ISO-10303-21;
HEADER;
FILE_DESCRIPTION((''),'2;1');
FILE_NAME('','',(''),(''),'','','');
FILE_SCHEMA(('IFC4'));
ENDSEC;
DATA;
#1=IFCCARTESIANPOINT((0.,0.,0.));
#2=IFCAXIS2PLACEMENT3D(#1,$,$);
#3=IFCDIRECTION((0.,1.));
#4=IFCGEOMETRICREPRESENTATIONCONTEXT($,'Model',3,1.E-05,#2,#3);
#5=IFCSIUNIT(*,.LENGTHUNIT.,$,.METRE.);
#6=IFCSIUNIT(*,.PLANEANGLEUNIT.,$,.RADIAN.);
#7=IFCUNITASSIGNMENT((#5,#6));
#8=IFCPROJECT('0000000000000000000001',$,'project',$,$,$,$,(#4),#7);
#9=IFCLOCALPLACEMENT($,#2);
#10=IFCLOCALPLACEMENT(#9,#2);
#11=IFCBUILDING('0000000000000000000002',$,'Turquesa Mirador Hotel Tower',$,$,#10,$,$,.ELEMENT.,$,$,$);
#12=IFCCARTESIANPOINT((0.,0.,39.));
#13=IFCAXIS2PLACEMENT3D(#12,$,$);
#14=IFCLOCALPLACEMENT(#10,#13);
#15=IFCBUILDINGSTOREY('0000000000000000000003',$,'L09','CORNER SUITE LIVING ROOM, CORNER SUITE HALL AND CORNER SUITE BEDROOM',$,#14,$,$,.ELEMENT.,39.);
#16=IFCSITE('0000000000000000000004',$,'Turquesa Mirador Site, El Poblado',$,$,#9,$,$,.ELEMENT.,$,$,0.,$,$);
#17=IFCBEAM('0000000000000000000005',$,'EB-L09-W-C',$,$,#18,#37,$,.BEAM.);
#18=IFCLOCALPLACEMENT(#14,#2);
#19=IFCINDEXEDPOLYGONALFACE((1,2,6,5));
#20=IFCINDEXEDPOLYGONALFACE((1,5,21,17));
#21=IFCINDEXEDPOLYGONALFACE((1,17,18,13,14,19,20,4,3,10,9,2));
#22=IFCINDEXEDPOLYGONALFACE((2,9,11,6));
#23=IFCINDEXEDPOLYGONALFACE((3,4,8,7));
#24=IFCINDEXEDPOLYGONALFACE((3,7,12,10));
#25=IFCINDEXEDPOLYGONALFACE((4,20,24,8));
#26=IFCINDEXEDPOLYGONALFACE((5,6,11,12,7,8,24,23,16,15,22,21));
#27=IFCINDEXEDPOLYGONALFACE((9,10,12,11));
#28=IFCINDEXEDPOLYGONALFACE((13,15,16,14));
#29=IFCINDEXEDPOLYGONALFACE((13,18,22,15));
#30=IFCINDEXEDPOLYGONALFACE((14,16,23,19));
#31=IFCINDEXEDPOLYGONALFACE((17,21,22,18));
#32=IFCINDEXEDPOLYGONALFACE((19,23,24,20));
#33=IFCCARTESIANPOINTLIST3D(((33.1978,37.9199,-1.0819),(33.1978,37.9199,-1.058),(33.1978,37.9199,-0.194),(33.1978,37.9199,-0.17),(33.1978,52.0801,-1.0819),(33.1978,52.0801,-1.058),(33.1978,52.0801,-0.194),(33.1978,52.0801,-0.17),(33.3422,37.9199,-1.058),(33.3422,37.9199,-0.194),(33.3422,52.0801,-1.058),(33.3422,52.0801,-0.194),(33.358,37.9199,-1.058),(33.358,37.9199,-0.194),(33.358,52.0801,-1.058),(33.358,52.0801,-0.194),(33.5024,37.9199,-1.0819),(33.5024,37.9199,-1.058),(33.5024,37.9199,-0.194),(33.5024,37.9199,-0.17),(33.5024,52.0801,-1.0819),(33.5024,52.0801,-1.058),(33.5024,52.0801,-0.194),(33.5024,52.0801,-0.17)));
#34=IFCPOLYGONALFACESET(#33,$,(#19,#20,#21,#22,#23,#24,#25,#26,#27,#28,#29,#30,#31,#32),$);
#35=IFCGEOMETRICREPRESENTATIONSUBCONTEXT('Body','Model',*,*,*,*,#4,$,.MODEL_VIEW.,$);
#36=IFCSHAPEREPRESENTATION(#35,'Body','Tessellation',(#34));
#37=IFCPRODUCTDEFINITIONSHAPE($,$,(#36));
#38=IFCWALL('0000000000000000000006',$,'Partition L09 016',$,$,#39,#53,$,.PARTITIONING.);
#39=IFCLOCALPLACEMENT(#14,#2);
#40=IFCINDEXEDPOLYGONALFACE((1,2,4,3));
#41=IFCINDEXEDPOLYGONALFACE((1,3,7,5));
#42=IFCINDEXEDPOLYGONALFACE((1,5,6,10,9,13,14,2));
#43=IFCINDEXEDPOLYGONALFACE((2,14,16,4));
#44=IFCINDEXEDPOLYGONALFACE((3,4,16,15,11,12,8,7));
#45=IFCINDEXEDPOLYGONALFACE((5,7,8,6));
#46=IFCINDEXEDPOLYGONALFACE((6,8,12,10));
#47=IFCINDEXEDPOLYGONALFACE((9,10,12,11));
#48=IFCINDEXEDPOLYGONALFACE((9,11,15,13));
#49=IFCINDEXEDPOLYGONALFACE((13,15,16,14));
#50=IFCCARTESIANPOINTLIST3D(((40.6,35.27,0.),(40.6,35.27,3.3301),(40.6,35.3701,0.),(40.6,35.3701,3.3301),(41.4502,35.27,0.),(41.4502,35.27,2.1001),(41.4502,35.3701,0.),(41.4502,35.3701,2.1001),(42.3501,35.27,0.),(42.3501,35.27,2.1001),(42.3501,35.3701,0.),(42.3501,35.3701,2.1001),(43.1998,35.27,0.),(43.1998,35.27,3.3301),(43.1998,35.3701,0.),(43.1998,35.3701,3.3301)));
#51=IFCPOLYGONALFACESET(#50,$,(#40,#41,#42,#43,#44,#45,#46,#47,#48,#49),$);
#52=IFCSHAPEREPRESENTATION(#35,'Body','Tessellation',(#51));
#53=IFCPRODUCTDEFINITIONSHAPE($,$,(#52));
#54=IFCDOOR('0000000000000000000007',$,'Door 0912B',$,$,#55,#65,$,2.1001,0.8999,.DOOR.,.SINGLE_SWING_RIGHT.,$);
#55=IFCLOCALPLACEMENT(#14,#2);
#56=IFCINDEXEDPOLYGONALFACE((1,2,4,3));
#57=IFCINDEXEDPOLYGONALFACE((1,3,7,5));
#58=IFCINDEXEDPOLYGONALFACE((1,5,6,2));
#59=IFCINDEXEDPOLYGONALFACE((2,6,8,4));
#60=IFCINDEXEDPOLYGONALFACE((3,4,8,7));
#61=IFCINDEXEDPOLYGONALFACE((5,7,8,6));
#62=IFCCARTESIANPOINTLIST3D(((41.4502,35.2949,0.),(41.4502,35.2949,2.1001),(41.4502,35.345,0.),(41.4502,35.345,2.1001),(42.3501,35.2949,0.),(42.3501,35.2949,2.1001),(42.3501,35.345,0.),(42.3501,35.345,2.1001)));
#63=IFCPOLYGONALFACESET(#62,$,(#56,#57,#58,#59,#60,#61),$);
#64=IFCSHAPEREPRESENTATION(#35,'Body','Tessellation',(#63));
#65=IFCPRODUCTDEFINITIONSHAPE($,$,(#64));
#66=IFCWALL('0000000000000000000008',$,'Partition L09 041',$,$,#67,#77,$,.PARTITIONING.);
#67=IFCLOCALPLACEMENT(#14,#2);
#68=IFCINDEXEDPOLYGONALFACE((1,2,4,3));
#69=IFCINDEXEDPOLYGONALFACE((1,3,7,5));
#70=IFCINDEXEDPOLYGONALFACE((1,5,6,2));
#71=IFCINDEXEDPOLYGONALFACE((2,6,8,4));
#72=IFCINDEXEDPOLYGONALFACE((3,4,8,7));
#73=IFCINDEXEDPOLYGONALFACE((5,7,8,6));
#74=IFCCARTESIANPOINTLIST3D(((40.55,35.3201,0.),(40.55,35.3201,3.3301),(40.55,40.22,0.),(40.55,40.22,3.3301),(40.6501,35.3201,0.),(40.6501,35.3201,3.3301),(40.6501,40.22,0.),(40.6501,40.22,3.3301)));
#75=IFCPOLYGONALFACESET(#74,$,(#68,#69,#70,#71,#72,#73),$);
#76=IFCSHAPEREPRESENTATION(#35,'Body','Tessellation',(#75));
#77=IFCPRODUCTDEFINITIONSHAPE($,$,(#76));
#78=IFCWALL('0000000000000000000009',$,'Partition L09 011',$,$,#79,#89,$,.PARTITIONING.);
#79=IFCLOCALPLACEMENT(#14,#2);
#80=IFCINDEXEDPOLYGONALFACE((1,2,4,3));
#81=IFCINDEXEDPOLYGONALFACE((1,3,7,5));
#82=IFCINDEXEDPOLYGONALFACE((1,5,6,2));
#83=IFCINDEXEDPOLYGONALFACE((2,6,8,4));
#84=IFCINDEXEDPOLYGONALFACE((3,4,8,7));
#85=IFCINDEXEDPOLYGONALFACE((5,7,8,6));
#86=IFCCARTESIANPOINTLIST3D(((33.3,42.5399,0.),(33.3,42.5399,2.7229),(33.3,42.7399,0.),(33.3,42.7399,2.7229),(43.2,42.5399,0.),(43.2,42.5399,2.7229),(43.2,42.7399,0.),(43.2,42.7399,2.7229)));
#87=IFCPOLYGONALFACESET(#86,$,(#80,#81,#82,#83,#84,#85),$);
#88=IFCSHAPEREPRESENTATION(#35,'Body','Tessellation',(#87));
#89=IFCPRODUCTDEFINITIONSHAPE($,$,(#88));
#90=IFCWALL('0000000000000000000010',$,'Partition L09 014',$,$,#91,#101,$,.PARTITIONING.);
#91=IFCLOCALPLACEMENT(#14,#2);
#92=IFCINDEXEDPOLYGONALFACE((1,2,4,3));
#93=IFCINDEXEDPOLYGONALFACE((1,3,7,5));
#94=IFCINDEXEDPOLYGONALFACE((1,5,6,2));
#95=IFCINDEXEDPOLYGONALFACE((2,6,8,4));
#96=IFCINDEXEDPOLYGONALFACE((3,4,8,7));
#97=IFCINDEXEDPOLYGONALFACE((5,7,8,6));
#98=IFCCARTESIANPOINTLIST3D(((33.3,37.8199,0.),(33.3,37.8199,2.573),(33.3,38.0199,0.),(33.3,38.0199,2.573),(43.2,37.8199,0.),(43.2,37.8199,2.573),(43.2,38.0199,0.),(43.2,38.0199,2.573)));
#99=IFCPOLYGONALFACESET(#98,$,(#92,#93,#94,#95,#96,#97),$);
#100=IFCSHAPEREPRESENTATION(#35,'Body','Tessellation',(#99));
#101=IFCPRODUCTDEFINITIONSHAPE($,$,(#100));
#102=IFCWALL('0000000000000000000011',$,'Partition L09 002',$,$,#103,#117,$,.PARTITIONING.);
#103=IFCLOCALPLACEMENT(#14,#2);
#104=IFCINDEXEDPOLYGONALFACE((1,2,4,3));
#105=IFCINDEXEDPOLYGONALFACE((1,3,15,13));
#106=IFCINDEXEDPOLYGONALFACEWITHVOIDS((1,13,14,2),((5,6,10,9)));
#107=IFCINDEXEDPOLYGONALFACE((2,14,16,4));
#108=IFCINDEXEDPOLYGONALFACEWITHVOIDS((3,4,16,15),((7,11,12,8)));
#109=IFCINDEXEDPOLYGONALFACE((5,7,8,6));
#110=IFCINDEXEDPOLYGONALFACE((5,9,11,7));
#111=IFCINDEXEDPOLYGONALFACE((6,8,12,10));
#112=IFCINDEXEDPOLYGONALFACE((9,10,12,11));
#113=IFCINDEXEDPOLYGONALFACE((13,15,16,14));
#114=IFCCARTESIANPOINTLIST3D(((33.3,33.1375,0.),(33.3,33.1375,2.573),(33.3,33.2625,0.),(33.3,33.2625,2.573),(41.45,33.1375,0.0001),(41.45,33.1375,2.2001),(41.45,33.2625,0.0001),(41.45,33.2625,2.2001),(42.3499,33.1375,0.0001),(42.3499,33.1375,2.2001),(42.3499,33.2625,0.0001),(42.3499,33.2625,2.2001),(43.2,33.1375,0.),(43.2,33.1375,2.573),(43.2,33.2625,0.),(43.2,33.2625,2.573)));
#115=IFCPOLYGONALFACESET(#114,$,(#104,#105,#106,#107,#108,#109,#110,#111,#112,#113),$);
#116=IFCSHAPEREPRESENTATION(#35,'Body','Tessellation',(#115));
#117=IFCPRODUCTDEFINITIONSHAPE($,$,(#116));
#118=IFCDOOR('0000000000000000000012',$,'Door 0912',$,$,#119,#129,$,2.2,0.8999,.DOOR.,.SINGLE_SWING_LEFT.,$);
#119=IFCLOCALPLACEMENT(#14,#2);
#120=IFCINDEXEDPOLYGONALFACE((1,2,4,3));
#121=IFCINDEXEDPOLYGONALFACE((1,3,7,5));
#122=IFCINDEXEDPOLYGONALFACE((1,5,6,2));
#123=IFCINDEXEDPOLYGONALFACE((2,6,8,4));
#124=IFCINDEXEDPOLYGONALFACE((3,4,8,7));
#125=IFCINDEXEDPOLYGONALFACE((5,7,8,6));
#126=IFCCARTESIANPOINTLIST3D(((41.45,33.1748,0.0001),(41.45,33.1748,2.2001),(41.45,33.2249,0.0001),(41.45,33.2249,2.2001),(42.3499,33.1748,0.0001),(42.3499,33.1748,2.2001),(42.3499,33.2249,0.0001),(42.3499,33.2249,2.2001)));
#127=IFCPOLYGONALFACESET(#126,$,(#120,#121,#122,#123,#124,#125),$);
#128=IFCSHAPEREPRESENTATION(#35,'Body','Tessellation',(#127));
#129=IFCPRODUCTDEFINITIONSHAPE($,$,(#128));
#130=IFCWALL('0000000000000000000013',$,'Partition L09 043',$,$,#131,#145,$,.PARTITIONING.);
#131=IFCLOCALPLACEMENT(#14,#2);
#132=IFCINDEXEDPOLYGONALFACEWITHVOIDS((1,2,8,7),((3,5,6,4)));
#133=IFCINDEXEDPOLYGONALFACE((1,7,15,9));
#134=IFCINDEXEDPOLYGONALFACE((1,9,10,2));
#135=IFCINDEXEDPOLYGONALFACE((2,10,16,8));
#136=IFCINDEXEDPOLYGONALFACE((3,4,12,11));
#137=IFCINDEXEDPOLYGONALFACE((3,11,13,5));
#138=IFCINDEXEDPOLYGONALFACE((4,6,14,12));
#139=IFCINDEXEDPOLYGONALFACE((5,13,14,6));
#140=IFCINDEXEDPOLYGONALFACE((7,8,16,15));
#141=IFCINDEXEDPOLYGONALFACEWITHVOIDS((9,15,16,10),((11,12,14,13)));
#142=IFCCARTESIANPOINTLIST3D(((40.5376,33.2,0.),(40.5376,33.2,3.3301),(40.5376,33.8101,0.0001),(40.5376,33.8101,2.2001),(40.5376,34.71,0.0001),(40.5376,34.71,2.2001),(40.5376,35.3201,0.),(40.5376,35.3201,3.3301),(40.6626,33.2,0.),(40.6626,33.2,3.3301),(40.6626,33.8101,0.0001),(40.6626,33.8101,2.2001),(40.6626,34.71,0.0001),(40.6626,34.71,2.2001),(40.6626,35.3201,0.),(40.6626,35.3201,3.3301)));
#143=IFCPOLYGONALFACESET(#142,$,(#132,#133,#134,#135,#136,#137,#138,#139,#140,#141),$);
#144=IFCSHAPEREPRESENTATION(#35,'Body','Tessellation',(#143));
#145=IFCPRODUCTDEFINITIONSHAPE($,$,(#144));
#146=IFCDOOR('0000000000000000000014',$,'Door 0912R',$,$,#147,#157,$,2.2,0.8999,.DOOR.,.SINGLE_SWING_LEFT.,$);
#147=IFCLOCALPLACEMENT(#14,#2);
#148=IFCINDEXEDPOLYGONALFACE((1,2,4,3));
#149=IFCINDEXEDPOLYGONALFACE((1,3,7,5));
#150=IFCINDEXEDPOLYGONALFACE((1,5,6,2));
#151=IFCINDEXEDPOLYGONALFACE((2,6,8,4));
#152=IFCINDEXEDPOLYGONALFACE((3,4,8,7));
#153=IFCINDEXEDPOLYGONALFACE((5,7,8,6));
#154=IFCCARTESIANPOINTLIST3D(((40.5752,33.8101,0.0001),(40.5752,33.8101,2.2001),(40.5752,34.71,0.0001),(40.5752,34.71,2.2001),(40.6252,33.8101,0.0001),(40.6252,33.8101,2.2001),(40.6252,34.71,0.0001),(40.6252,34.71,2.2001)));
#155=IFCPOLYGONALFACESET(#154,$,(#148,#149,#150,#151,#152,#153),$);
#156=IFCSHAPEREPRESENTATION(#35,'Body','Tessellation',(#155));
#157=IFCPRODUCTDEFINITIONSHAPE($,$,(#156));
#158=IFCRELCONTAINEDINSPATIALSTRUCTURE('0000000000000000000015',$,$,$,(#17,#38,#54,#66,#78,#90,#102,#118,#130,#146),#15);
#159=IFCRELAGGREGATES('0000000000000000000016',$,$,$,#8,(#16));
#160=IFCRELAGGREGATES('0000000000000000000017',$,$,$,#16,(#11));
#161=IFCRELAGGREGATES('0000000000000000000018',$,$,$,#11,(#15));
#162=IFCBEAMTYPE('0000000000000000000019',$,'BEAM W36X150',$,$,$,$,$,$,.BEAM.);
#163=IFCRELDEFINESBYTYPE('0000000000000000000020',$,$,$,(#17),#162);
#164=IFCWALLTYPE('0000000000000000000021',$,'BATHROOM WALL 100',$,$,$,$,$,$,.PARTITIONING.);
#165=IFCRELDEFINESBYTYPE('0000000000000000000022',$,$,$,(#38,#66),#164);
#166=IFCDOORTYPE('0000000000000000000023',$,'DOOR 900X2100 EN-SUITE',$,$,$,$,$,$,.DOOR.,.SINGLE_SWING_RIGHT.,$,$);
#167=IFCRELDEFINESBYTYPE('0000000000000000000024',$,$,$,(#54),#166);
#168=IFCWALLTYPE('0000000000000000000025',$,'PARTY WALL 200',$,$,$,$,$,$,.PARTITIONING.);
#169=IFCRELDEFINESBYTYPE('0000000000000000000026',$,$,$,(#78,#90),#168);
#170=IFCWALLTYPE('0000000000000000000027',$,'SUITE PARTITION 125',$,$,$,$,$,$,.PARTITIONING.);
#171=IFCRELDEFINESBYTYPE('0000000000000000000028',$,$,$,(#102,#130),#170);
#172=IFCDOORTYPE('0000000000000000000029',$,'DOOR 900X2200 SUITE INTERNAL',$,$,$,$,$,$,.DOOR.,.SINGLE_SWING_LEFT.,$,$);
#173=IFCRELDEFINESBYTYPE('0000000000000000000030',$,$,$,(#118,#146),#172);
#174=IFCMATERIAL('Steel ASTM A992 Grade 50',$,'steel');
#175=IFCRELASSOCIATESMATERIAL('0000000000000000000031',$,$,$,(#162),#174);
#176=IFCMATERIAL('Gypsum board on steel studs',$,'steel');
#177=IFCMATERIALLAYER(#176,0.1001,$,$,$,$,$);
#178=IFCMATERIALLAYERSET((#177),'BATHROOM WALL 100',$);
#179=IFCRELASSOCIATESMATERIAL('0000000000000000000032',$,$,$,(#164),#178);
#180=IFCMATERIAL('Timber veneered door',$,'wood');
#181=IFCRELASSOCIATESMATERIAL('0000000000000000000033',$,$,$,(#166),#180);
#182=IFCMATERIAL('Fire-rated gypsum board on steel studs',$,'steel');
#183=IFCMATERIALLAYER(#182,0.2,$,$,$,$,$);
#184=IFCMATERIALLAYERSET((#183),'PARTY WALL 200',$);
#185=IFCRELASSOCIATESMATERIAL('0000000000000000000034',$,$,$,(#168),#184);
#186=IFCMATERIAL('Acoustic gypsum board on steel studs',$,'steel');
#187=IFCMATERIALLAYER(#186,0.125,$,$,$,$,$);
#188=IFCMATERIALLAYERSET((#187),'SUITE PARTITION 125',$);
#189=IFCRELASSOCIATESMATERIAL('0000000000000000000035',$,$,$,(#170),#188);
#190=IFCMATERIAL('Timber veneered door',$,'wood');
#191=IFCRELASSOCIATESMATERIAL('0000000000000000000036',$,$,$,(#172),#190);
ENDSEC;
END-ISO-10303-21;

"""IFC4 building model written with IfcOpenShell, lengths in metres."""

from ifc_helpers import new_model, si_unit, direction, frame, frame_2d, origin, origin_2d, place, context, subcontext, project, spatial, rectangle, i_section, extrude, material, layer, layer_set, material_profile, profile_set, type_object, element, fill, save


model = new_model("IFC4")

# Units and contexts
model_context = context("Model", 3, precision=1e-05, world=origin(), true_north=direction((0.0, 1.0)))
body_context = subcontext(model_context, "Body", "Model", "MODEL_VIEW")
ifc_project = project(units=[si_unit("LENGTHUNIT", "METRE"), si_unit("PLANEANGLEUNIT", "RADIAN")], contexts=[model_context])

# Site, building, storey
site_placement = place(None, origin())
site = spatial("IfcSite", under=ifc_project, at=site_placement, Name="Turquesa Mirador Site, El Poblado", CompositionType="ELEMENT", RefElevation=0.0)
building_placement = place(site_placement, origin())
building = spatial("IfcBuilding", under=site, at=building_placement, Name="Turquesa Mirador Hotel Tower", CompositionType="ELEMENT")
storey_placement = place(building_placement, frame((0.0, 0.0, 39.0)))
storey = spatial("IfcBuildingStorey", under=building, at=storey_placement, Name="L09", Description="CORNER SUITE LIVING ROOM, CORNER SUITE HALL AND CORNER SUITE BEDROOM", CompositionType="ELEMENT", Elevation=39.0)

# Beam
ifc_material_1 = material(Name="Steel ASTM A992 Grade 50", Category="steel")
ifc_material_profile_1 = material_profile(ifc_material_1, i_section(OverallWidth=0.3047, OverallDepth=0.9119, WebThickness=0.0159, FlangeThickness=0.0239, at=origin_2d()), Name="W36X150")
ifc_profile_set_1 = profile_set([ifc_material_profile_1], Name="Steel ASTM A992 Grade 50")
beam_type_1 = type_object("IfcBeamType", Name="BEAM W36X150", PredefinedType="BEAM", material=ifc_profile_set_1)
beam_1_placement = place(storey_placement, frame((33.3501, 37.9199, -0.626), z_axis=(0.0, 1.0, 0.0), x_axis=(-1.0, 0.0, 0.0)))
element("IfcBeam", 1, at=beam_1_placement, inside=storey, type_object=beam_type_1, Name="EB-L09-W-C", PredefinedType="BEAM", context=body_context, shape_type="SweptSolid", body=[
    extrude(i_section(OverallWidth=0.3047, OverallDepth=0.9119, WebThickness=0.0159, FlangeThickness=0.0239, at=origin_2d()), origin(), (0.0, 0.0, 1.0), 14.1602),
])

# Wall, opening, door
ifc_material_2 = material(Name="Gypsum board on steel studs", Category="steel")
ifc_layer_1 = layer(ifc_material_2, 0.1001)
ifc_layer_set_1 = layer_set([ifc_layer_1], Name="BATHROOM WALL 100")
wall_type_1 = type_object("IfcWallType", Name="BATHROOM WALL 100", PredefinedType="PARTITIONING", material=ifc_layer_set_1)
wall_1_placement = place(storey_placement, frame((40.6001, 35.3201, 0.0), z_axis=(0.0, 0.0, 1.0), x_axis=(1.0, 0.0, 0.0)))
wall_1 = element("IfcWall", 2, at=wall_1_placement, inside=storey, type_object=wall_type_1, Name="Partition L09 016", PredefinedType="PARTITIONING", context=body_context, shape_type="SweptSolid", body=[
    extrude(rectangle(XDim=2.5999, YDim=0.1001, at=frame_2d((1.2998, 0.0))), origin(), (0.0, 0.0, 1.0), 3.3301),
])
opening_1_placement = place(wall_1_placement, frame((0.8501, 0.0, 0.0)))
opening_1 = element("IfcOpeningElement", 3, at=opening_1_placement, cuts=wall_1, PredefinedType="OPENING", context=body_context, shape_type="SweptSolid", body=[
    extrude(rectangle(XDim=0.8999, YDim=2.1001, at=frame_2d((0.45, 1.05))), frame((0.0, 0.0601, 0.0), z_axis=(0.0, -1.0, 0.0), x_axis=(1.0, 0.0, 0.0)), (0.0, 0.0, 1.0), 0.1201),
])
ifc_material_3 = material(Name="Timber veneered door", Category="wood")
door_type_1 = type_object("IfcDoorType", Name="DOOR 900X2100 EN-SUITE", OperationType="SINGLE_SWING_RIGHT", PredefinedType="DOOR", material=ifc_material_3)
door_1_placement = place(opening_1_placement, origin())
door_1 = element("IfcDoor", 4, at=door_1_placement, inside=storey, type_object=door_type_1, Name="Door 0912B", OperationType="SINGLE_SWING_RIGHT", OverallHeight=2.1001, OverallWidth=0.8999, PredefinedType="DOOR", context=body_context, shape_type="SweptSolid", body=[
    extrude(rectangle(XDim=0.8999, YDim=2.1001, at=frame_2d((0.45, 1.05))), frame((0.0, 0.0249, 0.0), z_axis=(0.0, -1.0, 0.0), x_axis=(1.0, 0.0, 0.0)), (0.0, 0.0, 1.0), 0.05),
])
fill(opening_1, door_1)

# Walls
wall_2_placement = place(storey_placement, frame((40.6001, 35.3201, 0.0), z_axis=(0.0, 0.0, 1.0), x_axis=(0.0, 1.0, 0.0)))
element("IfcWall", 5, at=wall_2_placement, inside=storey, type_object=wall_type_1, Name="Partition L09 041", PredefinedType="PARTITIONING", context=body_context, shape_type="SweptSolid", body=[
    extrude(rectangle(XDim=4.8999, YDim=0.1001, at=frame_2d((2.45, 0.0))), origin(), (0.0, 0.0, 1.0), 3.3301),
])
ifc_material_4 = material(Name="Fire-rated gypsum board on steel studs", Category="steel")
ifc_layer_2 = layer(ifc_material_4, 0.2)
ifc_layer_set_2 = layer_set([ifc_layer_2], Name="PARTY WALL 200")
wall_type_2 = type_object("IfcWallType", Name="PARTY WALL 200", PredefinedType="PARTITIONING", material=ifc_layer_set_2)
wall_3_placement = place(storey_placement, frame((33.3, 42.6399, 0.0), z_axis=(0.0, 0.0, 1.0), x_axis=(1.0, 0.0, 0.0)))
element("IfcWall", 6, at=wall_3_placement, inside=storey, type_object=wall_type_2, Name="Partition L09 011", PredefinedType="PARTITIONING", context=body_context, shape_type="SweptSolid", body=[
    extrude(rectangle(XDim=9.8999, YDim=0.2, at=frame_2d((4.95, 0.0))), origin(), (0.0, 0.0, 1.0), 2.7229),
])
wall_4_placement = place(storey_placement, frame((33.3, 37.9199, 0.0), z_axis=(0.0, 0.0, 1.0), x_axis=(1.0, 0.0, 0.0)))
element("IfcWall", 7, at=wall_4_placement, inside=storey, type_object=wall_type_2, Name="Partition L09 014", PredefinedType="PARTITIONING", context=body_context, shape_type="SweptSolid", body=[
    extrude(rectangle(XDim=9.8999, YDim=0.2, at=frame_2d((4.95, 0.0))), origin(), (0.0, 0.0, 1.0), 2.573),
])

# Walls, openings, doors
ifc_material_5 = material(Name="Acoustic gypsum board on steel studs", Category="steel")
ifc_layer_3 = layer(ifc_material_5, 0.125)
ifc_layer_set_3 = layer_set([ifc_layer_3], Name="SUITE PARTITION 125")
wall_type_3 = type_object("IfcWallType", Name="SUITE PARTITION 125", PredefinedType="PARTITIONING", material=ifc_layer_set_3)
wall_5_placement = place(storey_placement, frame((33.3, 33.2, 0.0), z_axis=(0.0, 0.0, 1.0), x_axis=(1.0, 0.0, 0.0)))
wall_5 = element("IfcWall", 8, at=wall_5_placement, inside=storey, type_object=wall_type_3, Name="Partition L09 002", PredefinedType="PARTITIONING", context=body_context, shape_type="SweptSolid", body=[
    extrude(rectangle(XDim=9.8999, YDim=0.125, at=frame_2d((4.95, 0.0))), origin(), (0.0, 0.0, 1.0), 2.573),
])
opening_2_placement = place(wall_5_placement, frame((8.1499, 0.0, 0.0)))
opening_2 = element("IfcOpeningElement", 9, at=opening_2_placement, cuts=wall_5, PredefinedType="OPENING", context=body_context, shape_type="SweptSolid", body=[
    extrude(rectangle(XDim=0.8999, YDim=2.2, at=frame_2d((0.45, 1.1001))), frame((0.0, 0.0725, 0.0), z_axis=(0.0, -1.0, 0.0), x_axis=(1.0, 0.0, 0.0)), (0.0, 0.0, 1.0), 0.145),
])
ifc_material_6 = material(Name="Timber veneered door", Category="wood")
door_type_2 = type_object("IfcDoorType", Name="DOOR 900X2200 SUITE INTERNAL", OperationType="SINGLE_SWING_LEFT", PredefinedType="DOOR", material=ifc_material_6)
door_2_placement = place(opening_2_placement, origin())
door_2 = element("IfcDoor", 10, at=door_2_placement, inside=storey, type_object=door_type_2, Name="Door 0912", OperationType="SINGLE_SWING_LEFT", OverallHeight=2.2, OverallWidth=0.8999, PredefinedType="DOOR", context=body_context, shape_type="SweptSolid", body=[
    extrude(rectangle(XDim=0.8999, YDim=2.2, at=frame_2d((0.45, 1.1001))), frame((0.0, 0.0249, 0.0), z_axis=(0.0, -1.0, 0.0), x_axis=(1.0, 0.0, 0.0)), (0.0, 0.0, 1.0), 0.05),
])
fill(opening_2, door_2)
wall_6_placement = place(storey_placement, frame((40.6001, 33.2, 0.0), z_axis=(0.0, 0.0, 1.0), x_axis=(0.0, 1.0, 0.0)))
wall_6 = element("IfcWall", 11, at=wall_6_placement, inside=storey, type_object=wall_type_3, Name="Partition L09 043", PredefinedType="PARTITIONING", context=body_context, shape_type="SweptSolid", body=[
    extrude(rectangle(XDim=2.1201, YDim=0.125, at=frame_2d((1.0601, 0.0))), origin(), (0.0, 0.0, 1.0), 3.3301),
])
opening_3_placement = place(wall_6_placement, frame((0.6101, 0.0, 0.0)))
opening_3 = element("IfcOpeningElement", 12, at=opening_3_placement, cuts=wall_6, PredefinedType="OPENING", context=body_context, shape_type="SweptSolid", body=[
    extrude(rectangle(XDim=0.8999, YDim=2.2, at=frame_2d((0.45, 1.1001))), frame((0.0, 0.0725, 0.0), z_axis=(0.0, -1.0, 0.0), x_axis=(1.0, 0.0, 0.0)), (0.0, 0.0, 1.0), 0.145),
])
door_3_placement = place(opening_3_placement, origin())
door_3 = element("IfcDoor", 13, at=door_3_placement, inside=storey, type_object=door_type_2, Name="Door 0912R", OperationType="SINGLE_SWING_LEFT", OverallHeight=2.2, OverallWidth=0.8999, PredefinedType="DOOR", context=body_context, shape_type="SweptSolid", body=[
    extrude(rectangle(XDim=0.8999, YDim=2.2, at=frame_2d((0.45, 1.1001))), frame((0.0, 0.0249, 0.0), z_axis=(0.0, -1.0, 0.0), x_axis=(1.0, 0.0, 0.0)), (0.0, 0.0, 1.0), 0.05),
])
fill(opening_3, door_3)

save(model, "model.ifc")
